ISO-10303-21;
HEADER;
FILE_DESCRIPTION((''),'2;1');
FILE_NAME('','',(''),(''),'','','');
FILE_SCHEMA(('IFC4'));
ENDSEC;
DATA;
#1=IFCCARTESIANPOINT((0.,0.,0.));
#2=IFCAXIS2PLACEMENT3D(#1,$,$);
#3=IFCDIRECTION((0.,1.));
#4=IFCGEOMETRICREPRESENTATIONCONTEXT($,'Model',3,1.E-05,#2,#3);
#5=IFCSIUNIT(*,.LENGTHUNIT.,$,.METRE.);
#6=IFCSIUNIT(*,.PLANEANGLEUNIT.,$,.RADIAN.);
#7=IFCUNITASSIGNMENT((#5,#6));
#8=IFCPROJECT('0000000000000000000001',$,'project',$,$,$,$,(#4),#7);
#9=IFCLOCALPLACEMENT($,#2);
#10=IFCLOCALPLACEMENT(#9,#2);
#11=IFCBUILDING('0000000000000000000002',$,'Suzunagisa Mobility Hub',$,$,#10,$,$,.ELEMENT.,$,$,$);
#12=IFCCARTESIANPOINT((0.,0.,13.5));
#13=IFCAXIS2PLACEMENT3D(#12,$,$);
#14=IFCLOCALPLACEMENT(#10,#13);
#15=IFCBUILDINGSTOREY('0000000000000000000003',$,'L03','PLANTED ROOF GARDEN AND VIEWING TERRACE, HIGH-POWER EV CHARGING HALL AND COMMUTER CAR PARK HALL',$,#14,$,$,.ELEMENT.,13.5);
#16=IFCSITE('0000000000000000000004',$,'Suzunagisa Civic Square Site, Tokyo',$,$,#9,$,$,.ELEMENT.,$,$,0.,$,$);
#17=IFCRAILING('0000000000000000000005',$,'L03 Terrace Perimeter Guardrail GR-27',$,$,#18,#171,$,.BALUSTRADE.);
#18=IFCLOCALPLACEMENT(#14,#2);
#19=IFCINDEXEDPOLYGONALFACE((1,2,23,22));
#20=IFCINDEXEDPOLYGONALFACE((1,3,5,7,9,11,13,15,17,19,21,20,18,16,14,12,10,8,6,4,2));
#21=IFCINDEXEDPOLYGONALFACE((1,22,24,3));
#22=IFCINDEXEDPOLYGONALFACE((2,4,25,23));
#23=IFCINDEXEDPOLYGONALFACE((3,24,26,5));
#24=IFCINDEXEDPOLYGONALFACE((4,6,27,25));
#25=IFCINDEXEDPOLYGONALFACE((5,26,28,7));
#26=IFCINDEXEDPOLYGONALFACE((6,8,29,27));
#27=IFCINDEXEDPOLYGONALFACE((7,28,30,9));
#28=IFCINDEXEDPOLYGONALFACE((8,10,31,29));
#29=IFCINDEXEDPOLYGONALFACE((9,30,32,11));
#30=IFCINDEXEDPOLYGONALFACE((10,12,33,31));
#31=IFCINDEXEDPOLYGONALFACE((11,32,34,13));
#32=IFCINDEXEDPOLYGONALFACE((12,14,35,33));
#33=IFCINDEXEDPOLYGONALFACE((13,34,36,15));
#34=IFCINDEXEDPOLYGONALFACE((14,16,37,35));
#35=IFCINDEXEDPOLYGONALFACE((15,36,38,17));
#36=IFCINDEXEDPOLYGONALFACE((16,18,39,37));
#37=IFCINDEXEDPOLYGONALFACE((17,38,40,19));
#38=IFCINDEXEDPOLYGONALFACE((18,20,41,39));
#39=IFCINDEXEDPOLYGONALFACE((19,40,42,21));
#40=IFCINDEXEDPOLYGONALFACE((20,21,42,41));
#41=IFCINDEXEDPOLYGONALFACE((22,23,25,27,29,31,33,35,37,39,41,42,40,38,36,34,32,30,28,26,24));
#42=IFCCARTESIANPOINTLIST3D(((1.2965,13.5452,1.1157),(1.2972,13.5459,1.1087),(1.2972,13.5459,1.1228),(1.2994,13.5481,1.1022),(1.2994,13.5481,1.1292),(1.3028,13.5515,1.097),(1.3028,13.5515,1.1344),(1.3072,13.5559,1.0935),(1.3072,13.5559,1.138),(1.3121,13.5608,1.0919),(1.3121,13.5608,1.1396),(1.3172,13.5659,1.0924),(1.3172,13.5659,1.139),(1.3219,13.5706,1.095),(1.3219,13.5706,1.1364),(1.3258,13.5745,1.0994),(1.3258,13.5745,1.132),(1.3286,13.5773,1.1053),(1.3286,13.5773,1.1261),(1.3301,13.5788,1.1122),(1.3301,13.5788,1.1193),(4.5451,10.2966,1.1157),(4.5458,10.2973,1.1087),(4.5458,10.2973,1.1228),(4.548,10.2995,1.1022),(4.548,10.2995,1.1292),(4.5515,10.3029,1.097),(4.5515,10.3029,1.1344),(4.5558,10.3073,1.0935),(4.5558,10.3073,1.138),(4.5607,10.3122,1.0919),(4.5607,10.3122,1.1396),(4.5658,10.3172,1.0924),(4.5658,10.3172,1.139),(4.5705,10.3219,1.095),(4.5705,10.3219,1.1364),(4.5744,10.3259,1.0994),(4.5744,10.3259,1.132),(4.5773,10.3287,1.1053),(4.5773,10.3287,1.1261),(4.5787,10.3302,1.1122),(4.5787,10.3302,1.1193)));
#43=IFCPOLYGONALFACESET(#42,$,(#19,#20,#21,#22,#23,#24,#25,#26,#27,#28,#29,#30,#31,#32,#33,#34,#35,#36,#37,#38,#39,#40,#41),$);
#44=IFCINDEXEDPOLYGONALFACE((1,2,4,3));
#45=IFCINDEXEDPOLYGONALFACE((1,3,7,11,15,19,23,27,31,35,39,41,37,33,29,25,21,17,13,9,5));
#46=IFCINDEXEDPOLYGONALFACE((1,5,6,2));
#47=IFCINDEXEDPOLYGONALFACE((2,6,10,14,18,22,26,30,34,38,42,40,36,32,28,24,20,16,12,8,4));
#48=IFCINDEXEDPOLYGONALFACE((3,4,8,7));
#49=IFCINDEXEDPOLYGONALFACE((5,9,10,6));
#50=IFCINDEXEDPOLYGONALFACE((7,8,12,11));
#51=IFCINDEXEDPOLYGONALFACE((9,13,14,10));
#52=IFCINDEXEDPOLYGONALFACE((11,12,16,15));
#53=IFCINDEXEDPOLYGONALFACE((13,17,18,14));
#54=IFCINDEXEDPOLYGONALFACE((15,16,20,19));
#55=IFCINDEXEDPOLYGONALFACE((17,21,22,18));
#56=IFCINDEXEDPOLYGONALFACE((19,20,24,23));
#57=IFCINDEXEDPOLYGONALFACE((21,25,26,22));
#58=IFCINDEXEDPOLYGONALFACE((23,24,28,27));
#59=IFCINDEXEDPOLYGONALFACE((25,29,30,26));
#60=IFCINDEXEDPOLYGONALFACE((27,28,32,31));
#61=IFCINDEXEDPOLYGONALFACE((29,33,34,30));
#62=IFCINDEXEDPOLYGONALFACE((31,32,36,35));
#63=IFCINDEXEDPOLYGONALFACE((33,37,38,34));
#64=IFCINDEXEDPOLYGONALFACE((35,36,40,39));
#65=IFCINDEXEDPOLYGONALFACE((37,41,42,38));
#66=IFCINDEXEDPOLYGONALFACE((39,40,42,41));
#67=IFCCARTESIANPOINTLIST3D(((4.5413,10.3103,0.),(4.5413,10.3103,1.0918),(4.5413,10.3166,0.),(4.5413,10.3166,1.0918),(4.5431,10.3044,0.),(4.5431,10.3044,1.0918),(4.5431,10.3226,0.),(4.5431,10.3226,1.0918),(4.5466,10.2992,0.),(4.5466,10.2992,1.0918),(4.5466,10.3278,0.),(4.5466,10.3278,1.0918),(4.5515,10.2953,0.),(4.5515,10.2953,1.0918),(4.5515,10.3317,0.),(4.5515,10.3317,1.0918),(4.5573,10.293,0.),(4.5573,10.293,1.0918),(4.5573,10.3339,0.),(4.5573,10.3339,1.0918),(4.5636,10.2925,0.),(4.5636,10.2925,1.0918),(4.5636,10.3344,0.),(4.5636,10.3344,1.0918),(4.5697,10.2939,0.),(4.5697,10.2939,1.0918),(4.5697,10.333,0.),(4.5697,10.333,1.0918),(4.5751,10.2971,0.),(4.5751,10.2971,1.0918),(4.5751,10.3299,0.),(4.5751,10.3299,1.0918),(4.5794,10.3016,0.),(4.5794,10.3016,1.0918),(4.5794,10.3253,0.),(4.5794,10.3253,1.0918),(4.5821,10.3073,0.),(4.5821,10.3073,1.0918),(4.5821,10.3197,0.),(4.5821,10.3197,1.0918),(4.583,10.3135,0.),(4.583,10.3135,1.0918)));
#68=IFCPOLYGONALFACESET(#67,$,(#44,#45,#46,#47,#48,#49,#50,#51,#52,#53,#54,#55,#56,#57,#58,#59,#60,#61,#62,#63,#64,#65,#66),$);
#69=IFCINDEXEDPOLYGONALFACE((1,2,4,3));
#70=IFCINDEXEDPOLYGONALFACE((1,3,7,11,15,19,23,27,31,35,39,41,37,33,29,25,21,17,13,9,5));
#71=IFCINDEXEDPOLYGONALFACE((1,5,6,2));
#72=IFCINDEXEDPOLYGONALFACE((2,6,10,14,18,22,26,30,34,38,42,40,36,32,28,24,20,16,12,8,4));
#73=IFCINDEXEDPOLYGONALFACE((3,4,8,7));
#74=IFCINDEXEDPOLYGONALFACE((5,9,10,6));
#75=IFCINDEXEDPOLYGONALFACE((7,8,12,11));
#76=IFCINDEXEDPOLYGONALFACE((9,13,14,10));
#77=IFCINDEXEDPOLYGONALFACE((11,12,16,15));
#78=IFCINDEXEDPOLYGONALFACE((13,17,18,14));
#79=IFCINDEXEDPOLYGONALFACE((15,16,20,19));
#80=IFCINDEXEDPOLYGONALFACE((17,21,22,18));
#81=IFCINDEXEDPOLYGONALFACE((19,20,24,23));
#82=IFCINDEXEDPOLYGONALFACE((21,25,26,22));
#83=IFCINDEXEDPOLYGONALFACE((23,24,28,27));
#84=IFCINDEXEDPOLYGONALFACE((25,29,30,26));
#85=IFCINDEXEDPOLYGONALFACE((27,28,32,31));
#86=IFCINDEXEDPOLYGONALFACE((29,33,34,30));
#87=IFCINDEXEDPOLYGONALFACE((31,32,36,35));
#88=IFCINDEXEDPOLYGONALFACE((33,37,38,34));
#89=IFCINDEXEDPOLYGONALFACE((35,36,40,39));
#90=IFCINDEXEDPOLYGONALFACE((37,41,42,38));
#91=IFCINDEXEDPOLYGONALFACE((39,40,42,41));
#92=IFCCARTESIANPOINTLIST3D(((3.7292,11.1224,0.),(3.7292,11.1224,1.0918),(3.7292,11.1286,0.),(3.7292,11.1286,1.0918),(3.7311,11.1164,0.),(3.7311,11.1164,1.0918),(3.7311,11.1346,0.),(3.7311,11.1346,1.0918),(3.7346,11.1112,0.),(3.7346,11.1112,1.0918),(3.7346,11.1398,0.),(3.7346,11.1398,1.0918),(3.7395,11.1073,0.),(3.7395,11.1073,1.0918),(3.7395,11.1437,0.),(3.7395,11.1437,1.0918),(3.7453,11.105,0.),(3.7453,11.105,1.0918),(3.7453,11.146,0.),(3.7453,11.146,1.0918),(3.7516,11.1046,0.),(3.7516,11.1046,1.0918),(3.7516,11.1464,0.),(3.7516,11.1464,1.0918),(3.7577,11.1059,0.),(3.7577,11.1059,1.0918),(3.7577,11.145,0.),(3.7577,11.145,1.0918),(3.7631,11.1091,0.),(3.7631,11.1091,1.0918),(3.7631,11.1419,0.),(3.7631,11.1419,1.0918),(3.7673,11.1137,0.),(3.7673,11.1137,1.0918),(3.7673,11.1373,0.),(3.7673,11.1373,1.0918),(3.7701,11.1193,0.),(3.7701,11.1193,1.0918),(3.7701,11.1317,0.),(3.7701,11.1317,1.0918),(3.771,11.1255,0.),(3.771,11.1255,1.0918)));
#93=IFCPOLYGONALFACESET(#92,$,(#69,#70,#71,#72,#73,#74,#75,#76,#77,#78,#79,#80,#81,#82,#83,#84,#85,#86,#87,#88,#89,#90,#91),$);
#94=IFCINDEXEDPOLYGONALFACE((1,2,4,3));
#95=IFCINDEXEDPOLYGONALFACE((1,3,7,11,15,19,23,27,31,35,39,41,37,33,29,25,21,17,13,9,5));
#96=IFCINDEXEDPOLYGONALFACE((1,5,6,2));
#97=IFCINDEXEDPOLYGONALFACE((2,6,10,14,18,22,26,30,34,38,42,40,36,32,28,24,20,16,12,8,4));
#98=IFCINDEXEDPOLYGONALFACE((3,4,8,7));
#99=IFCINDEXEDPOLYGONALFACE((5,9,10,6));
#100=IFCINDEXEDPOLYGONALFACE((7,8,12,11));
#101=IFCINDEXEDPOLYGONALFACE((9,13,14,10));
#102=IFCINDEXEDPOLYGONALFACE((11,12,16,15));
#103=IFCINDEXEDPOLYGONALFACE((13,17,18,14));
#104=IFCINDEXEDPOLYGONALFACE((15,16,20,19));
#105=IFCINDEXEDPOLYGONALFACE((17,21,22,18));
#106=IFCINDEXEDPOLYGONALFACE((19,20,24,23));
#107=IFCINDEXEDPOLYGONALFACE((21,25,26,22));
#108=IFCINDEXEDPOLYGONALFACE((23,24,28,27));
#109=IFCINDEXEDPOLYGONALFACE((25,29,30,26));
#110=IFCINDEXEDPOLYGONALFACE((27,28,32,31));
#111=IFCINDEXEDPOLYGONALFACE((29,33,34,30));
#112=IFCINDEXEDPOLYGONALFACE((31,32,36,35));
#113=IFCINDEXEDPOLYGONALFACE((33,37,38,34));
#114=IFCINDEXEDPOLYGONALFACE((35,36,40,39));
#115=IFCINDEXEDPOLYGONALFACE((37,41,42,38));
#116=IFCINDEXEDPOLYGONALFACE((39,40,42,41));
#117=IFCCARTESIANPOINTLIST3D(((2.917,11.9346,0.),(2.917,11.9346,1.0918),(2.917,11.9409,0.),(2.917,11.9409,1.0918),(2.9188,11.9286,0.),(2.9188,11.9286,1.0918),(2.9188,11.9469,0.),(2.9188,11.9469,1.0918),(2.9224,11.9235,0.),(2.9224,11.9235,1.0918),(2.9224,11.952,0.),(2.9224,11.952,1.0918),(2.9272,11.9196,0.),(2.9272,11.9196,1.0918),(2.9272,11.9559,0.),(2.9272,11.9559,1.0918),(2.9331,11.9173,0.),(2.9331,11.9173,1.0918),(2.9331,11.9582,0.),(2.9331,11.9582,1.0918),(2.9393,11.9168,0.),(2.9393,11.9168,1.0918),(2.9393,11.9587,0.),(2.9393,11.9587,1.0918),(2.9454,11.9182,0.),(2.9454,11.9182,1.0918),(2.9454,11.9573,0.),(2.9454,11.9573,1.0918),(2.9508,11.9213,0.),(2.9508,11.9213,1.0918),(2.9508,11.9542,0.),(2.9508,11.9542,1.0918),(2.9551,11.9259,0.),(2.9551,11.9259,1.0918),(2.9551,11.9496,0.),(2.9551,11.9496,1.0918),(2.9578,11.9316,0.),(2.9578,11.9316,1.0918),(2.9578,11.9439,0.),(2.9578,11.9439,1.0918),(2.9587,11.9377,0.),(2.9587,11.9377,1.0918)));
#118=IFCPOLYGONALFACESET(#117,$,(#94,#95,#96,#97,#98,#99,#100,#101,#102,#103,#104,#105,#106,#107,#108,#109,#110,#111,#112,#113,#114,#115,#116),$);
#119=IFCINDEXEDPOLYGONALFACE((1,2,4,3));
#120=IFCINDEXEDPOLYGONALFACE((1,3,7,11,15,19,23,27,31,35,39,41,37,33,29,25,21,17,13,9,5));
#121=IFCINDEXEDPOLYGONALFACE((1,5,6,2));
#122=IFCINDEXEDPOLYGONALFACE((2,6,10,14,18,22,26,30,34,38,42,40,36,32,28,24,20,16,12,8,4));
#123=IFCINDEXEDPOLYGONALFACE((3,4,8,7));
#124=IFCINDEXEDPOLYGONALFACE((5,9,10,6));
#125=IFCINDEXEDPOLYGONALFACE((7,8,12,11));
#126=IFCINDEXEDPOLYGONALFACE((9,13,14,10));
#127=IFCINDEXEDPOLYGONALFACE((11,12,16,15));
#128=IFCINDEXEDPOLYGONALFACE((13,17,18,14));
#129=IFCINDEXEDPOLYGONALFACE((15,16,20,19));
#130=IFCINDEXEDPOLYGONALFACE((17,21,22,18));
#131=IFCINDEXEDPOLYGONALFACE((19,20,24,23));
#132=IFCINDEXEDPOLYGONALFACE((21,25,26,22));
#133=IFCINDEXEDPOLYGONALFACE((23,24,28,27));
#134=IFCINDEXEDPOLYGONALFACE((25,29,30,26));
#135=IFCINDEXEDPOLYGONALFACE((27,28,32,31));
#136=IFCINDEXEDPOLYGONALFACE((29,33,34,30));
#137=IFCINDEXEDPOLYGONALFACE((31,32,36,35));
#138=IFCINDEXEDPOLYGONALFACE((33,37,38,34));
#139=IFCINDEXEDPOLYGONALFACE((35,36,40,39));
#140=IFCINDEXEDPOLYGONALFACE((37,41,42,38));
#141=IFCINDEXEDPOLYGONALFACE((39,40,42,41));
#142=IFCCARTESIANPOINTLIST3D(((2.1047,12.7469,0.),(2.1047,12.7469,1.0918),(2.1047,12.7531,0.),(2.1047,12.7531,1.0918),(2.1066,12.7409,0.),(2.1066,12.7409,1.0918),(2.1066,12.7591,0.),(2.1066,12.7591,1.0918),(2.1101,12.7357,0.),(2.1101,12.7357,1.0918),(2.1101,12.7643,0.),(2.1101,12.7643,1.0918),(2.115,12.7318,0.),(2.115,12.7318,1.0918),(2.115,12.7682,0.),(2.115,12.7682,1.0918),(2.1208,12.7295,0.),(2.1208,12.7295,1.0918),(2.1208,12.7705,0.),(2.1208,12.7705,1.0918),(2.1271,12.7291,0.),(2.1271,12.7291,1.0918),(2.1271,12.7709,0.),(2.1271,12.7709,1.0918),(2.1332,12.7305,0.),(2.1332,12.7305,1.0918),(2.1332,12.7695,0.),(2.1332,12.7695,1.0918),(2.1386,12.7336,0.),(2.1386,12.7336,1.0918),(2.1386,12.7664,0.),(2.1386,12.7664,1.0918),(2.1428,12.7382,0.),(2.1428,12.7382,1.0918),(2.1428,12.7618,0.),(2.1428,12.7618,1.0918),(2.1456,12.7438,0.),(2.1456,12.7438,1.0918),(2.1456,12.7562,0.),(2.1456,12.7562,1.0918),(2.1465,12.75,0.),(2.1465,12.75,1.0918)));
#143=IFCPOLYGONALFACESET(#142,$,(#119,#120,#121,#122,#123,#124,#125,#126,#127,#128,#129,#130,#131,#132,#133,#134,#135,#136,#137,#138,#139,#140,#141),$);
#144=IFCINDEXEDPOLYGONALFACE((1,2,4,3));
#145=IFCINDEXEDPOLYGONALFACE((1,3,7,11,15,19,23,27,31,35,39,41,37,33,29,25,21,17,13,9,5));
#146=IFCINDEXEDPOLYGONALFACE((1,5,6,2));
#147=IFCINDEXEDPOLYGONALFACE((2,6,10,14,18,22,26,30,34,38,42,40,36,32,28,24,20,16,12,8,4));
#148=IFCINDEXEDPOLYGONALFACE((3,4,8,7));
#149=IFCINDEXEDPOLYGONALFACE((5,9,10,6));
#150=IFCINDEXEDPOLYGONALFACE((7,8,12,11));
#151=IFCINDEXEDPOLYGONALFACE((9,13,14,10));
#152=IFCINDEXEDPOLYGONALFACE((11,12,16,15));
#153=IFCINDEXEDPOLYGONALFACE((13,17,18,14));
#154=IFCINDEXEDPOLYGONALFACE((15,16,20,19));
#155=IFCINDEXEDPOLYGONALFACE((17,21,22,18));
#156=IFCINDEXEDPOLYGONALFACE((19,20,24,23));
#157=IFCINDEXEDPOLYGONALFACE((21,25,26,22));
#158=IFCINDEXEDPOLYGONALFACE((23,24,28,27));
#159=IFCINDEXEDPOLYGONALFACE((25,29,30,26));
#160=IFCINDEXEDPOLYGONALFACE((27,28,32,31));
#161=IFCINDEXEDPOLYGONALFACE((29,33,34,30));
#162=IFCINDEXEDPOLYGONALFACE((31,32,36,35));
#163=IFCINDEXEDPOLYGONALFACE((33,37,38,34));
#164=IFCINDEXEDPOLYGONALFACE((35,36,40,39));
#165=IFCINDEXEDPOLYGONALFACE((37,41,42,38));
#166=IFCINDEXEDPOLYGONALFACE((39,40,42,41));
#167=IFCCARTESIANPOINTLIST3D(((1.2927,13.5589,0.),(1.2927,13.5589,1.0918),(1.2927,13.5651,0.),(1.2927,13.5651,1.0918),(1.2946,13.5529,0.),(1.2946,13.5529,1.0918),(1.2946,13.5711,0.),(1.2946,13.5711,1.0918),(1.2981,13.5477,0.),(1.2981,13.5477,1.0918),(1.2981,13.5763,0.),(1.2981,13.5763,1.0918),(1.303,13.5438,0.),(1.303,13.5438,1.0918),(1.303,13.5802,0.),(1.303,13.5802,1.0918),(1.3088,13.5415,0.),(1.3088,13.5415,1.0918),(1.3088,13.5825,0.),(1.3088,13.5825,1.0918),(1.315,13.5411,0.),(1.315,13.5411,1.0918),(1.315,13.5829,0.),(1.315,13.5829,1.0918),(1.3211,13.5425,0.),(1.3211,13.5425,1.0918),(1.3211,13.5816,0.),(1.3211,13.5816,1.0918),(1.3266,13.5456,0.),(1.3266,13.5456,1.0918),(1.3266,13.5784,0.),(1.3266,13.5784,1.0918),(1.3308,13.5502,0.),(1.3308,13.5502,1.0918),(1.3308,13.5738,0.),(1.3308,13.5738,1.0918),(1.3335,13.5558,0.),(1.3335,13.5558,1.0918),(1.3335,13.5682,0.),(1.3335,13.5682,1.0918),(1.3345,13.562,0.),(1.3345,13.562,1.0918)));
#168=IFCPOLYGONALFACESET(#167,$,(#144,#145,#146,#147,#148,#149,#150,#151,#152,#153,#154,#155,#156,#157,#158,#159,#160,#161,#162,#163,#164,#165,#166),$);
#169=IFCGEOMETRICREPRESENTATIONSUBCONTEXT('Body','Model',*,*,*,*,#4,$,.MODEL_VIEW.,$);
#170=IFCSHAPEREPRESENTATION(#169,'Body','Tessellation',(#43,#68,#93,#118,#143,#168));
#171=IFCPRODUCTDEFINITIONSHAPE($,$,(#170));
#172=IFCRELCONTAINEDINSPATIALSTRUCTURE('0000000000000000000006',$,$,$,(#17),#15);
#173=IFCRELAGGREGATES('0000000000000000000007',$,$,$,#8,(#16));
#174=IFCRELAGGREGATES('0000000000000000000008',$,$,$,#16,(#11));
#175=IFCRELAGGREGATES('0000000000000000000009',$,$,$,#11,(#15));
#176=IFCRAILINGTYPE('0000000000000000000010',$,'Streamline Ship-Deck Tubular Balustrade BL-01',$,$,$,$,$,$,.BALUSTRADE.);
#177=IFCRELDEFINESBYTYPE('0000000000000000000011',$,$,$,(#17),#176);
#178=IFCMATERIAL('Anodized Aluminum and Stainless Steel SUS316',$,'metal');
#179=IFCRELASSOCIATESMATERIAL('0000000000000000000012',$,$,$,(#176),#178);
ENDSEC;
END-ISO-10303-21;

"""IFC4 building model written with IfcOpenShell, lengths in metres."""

from ifc_helpers import new_model, si_unit, direction, frame, origin, origin_2d, place, context, subcontext, project, spatial, circle, extrude, material, type_object, element, save


model = new_model("IFC4")

# Units and contexts
model_context = context("Model", 3, precision=1e-05, world=origin(), true_north=direction((0.0, 1.0)))
body_context = subcontext(model_context, "Body", "Model", "MODEL_VIEW")
ifc_project = project(units=[si_unit("LENGTHUNIT", "METRE"), si_unit("PLANEANGLEUNIT", "RADIAN")], contexts=[model_context])

# Site, building, storey
site_placement = place(None, origin())
site = spatial("IfcSite", under=ifc_project, at=site_placement, Name="Suzunagisa Civic Square Site, Tokyo", CompositionType="ELEMENT", RefElevation=0.0)
building_placement = place(site_placement, origin())
building = spatial("IfcBuilding", under=site, at=building_placement, Name="Suzunagisa Mobility Hub", CompositionType="ELEMENT")
storey_placement = place(building_placement, frame((0.0, 0.0, 13.5)))
storey = spatial("IfcBuildingStorey", under=building, at=storey_placement, Name="L03", Description="PLANTED ROOF GARDEN AND VIEWING TERRACE, HIGH-POWER EV CHARGING HALL AND COMMUTER CAR PARK HALL", CompositionType="ELEMENT", Elevation=13.5)

# Railing
ifc_material_1 = material(Name="Anodized Aluminum and Stainless Steel SUS316", Category="metal")
railing_type = type_object("IfcRailingType", Name="Streamline Ship-Deck Tubular Balustrade BL-01", PredefinedType="BALUSTRADE", material=ifc_material_1)
railing_1_placement = place(storey_placement, frame((4.562, 10.3135, 0.0)))
element("IfcRailing", 1, at=railing_1_placement, inside=storey, type_object=railing_type, Name="L03 Terrace Perimeter Guardrail GR-27", PredefinedType="BALUSTRADE", context=body_context, shape_type="SweptSolid", body=[
    extrude(circle(Radius=0.0239, at=origin_2d()), frame((0.0, 0.0, 1.1157), z_axis=(-0.707107, 0.707107, 0.0), x_axis=(-0.707107, -0.707107, 0.0)), (0.0, 0.0, 1.0), 4.5942),
    extrude(circle(Radius=0.021, at=origin_2d()), origin(), (0.0, 0.0, 1.0), 1.0918),
    extrude(circle(Radius=0.021, at=origin_2d()), frame((-0.812, 0.812, 0.0)), (0.0, 0.0, 1.0), 1.0918),
    extrude(circle(Radius=0.021, at=origin_2d()), frame((-1.6243, 1.6243, 0.0)), (0.0, 0.0, 1.0), 1.0918),
    extrude(circle(Radius=0.021, at=origin_2d()), frame((-2.4365, 2.4365, 0.0)), (0.0, 0.0, 1.0), 1.0918),
    extrude(circle(Radius=0.021, at=origin_2d()), frame((-3.2485, 3.2485, 0.0)), (0.0, 0.0, 1.0), 1.0918),
])

save(model, "model.ifc")
